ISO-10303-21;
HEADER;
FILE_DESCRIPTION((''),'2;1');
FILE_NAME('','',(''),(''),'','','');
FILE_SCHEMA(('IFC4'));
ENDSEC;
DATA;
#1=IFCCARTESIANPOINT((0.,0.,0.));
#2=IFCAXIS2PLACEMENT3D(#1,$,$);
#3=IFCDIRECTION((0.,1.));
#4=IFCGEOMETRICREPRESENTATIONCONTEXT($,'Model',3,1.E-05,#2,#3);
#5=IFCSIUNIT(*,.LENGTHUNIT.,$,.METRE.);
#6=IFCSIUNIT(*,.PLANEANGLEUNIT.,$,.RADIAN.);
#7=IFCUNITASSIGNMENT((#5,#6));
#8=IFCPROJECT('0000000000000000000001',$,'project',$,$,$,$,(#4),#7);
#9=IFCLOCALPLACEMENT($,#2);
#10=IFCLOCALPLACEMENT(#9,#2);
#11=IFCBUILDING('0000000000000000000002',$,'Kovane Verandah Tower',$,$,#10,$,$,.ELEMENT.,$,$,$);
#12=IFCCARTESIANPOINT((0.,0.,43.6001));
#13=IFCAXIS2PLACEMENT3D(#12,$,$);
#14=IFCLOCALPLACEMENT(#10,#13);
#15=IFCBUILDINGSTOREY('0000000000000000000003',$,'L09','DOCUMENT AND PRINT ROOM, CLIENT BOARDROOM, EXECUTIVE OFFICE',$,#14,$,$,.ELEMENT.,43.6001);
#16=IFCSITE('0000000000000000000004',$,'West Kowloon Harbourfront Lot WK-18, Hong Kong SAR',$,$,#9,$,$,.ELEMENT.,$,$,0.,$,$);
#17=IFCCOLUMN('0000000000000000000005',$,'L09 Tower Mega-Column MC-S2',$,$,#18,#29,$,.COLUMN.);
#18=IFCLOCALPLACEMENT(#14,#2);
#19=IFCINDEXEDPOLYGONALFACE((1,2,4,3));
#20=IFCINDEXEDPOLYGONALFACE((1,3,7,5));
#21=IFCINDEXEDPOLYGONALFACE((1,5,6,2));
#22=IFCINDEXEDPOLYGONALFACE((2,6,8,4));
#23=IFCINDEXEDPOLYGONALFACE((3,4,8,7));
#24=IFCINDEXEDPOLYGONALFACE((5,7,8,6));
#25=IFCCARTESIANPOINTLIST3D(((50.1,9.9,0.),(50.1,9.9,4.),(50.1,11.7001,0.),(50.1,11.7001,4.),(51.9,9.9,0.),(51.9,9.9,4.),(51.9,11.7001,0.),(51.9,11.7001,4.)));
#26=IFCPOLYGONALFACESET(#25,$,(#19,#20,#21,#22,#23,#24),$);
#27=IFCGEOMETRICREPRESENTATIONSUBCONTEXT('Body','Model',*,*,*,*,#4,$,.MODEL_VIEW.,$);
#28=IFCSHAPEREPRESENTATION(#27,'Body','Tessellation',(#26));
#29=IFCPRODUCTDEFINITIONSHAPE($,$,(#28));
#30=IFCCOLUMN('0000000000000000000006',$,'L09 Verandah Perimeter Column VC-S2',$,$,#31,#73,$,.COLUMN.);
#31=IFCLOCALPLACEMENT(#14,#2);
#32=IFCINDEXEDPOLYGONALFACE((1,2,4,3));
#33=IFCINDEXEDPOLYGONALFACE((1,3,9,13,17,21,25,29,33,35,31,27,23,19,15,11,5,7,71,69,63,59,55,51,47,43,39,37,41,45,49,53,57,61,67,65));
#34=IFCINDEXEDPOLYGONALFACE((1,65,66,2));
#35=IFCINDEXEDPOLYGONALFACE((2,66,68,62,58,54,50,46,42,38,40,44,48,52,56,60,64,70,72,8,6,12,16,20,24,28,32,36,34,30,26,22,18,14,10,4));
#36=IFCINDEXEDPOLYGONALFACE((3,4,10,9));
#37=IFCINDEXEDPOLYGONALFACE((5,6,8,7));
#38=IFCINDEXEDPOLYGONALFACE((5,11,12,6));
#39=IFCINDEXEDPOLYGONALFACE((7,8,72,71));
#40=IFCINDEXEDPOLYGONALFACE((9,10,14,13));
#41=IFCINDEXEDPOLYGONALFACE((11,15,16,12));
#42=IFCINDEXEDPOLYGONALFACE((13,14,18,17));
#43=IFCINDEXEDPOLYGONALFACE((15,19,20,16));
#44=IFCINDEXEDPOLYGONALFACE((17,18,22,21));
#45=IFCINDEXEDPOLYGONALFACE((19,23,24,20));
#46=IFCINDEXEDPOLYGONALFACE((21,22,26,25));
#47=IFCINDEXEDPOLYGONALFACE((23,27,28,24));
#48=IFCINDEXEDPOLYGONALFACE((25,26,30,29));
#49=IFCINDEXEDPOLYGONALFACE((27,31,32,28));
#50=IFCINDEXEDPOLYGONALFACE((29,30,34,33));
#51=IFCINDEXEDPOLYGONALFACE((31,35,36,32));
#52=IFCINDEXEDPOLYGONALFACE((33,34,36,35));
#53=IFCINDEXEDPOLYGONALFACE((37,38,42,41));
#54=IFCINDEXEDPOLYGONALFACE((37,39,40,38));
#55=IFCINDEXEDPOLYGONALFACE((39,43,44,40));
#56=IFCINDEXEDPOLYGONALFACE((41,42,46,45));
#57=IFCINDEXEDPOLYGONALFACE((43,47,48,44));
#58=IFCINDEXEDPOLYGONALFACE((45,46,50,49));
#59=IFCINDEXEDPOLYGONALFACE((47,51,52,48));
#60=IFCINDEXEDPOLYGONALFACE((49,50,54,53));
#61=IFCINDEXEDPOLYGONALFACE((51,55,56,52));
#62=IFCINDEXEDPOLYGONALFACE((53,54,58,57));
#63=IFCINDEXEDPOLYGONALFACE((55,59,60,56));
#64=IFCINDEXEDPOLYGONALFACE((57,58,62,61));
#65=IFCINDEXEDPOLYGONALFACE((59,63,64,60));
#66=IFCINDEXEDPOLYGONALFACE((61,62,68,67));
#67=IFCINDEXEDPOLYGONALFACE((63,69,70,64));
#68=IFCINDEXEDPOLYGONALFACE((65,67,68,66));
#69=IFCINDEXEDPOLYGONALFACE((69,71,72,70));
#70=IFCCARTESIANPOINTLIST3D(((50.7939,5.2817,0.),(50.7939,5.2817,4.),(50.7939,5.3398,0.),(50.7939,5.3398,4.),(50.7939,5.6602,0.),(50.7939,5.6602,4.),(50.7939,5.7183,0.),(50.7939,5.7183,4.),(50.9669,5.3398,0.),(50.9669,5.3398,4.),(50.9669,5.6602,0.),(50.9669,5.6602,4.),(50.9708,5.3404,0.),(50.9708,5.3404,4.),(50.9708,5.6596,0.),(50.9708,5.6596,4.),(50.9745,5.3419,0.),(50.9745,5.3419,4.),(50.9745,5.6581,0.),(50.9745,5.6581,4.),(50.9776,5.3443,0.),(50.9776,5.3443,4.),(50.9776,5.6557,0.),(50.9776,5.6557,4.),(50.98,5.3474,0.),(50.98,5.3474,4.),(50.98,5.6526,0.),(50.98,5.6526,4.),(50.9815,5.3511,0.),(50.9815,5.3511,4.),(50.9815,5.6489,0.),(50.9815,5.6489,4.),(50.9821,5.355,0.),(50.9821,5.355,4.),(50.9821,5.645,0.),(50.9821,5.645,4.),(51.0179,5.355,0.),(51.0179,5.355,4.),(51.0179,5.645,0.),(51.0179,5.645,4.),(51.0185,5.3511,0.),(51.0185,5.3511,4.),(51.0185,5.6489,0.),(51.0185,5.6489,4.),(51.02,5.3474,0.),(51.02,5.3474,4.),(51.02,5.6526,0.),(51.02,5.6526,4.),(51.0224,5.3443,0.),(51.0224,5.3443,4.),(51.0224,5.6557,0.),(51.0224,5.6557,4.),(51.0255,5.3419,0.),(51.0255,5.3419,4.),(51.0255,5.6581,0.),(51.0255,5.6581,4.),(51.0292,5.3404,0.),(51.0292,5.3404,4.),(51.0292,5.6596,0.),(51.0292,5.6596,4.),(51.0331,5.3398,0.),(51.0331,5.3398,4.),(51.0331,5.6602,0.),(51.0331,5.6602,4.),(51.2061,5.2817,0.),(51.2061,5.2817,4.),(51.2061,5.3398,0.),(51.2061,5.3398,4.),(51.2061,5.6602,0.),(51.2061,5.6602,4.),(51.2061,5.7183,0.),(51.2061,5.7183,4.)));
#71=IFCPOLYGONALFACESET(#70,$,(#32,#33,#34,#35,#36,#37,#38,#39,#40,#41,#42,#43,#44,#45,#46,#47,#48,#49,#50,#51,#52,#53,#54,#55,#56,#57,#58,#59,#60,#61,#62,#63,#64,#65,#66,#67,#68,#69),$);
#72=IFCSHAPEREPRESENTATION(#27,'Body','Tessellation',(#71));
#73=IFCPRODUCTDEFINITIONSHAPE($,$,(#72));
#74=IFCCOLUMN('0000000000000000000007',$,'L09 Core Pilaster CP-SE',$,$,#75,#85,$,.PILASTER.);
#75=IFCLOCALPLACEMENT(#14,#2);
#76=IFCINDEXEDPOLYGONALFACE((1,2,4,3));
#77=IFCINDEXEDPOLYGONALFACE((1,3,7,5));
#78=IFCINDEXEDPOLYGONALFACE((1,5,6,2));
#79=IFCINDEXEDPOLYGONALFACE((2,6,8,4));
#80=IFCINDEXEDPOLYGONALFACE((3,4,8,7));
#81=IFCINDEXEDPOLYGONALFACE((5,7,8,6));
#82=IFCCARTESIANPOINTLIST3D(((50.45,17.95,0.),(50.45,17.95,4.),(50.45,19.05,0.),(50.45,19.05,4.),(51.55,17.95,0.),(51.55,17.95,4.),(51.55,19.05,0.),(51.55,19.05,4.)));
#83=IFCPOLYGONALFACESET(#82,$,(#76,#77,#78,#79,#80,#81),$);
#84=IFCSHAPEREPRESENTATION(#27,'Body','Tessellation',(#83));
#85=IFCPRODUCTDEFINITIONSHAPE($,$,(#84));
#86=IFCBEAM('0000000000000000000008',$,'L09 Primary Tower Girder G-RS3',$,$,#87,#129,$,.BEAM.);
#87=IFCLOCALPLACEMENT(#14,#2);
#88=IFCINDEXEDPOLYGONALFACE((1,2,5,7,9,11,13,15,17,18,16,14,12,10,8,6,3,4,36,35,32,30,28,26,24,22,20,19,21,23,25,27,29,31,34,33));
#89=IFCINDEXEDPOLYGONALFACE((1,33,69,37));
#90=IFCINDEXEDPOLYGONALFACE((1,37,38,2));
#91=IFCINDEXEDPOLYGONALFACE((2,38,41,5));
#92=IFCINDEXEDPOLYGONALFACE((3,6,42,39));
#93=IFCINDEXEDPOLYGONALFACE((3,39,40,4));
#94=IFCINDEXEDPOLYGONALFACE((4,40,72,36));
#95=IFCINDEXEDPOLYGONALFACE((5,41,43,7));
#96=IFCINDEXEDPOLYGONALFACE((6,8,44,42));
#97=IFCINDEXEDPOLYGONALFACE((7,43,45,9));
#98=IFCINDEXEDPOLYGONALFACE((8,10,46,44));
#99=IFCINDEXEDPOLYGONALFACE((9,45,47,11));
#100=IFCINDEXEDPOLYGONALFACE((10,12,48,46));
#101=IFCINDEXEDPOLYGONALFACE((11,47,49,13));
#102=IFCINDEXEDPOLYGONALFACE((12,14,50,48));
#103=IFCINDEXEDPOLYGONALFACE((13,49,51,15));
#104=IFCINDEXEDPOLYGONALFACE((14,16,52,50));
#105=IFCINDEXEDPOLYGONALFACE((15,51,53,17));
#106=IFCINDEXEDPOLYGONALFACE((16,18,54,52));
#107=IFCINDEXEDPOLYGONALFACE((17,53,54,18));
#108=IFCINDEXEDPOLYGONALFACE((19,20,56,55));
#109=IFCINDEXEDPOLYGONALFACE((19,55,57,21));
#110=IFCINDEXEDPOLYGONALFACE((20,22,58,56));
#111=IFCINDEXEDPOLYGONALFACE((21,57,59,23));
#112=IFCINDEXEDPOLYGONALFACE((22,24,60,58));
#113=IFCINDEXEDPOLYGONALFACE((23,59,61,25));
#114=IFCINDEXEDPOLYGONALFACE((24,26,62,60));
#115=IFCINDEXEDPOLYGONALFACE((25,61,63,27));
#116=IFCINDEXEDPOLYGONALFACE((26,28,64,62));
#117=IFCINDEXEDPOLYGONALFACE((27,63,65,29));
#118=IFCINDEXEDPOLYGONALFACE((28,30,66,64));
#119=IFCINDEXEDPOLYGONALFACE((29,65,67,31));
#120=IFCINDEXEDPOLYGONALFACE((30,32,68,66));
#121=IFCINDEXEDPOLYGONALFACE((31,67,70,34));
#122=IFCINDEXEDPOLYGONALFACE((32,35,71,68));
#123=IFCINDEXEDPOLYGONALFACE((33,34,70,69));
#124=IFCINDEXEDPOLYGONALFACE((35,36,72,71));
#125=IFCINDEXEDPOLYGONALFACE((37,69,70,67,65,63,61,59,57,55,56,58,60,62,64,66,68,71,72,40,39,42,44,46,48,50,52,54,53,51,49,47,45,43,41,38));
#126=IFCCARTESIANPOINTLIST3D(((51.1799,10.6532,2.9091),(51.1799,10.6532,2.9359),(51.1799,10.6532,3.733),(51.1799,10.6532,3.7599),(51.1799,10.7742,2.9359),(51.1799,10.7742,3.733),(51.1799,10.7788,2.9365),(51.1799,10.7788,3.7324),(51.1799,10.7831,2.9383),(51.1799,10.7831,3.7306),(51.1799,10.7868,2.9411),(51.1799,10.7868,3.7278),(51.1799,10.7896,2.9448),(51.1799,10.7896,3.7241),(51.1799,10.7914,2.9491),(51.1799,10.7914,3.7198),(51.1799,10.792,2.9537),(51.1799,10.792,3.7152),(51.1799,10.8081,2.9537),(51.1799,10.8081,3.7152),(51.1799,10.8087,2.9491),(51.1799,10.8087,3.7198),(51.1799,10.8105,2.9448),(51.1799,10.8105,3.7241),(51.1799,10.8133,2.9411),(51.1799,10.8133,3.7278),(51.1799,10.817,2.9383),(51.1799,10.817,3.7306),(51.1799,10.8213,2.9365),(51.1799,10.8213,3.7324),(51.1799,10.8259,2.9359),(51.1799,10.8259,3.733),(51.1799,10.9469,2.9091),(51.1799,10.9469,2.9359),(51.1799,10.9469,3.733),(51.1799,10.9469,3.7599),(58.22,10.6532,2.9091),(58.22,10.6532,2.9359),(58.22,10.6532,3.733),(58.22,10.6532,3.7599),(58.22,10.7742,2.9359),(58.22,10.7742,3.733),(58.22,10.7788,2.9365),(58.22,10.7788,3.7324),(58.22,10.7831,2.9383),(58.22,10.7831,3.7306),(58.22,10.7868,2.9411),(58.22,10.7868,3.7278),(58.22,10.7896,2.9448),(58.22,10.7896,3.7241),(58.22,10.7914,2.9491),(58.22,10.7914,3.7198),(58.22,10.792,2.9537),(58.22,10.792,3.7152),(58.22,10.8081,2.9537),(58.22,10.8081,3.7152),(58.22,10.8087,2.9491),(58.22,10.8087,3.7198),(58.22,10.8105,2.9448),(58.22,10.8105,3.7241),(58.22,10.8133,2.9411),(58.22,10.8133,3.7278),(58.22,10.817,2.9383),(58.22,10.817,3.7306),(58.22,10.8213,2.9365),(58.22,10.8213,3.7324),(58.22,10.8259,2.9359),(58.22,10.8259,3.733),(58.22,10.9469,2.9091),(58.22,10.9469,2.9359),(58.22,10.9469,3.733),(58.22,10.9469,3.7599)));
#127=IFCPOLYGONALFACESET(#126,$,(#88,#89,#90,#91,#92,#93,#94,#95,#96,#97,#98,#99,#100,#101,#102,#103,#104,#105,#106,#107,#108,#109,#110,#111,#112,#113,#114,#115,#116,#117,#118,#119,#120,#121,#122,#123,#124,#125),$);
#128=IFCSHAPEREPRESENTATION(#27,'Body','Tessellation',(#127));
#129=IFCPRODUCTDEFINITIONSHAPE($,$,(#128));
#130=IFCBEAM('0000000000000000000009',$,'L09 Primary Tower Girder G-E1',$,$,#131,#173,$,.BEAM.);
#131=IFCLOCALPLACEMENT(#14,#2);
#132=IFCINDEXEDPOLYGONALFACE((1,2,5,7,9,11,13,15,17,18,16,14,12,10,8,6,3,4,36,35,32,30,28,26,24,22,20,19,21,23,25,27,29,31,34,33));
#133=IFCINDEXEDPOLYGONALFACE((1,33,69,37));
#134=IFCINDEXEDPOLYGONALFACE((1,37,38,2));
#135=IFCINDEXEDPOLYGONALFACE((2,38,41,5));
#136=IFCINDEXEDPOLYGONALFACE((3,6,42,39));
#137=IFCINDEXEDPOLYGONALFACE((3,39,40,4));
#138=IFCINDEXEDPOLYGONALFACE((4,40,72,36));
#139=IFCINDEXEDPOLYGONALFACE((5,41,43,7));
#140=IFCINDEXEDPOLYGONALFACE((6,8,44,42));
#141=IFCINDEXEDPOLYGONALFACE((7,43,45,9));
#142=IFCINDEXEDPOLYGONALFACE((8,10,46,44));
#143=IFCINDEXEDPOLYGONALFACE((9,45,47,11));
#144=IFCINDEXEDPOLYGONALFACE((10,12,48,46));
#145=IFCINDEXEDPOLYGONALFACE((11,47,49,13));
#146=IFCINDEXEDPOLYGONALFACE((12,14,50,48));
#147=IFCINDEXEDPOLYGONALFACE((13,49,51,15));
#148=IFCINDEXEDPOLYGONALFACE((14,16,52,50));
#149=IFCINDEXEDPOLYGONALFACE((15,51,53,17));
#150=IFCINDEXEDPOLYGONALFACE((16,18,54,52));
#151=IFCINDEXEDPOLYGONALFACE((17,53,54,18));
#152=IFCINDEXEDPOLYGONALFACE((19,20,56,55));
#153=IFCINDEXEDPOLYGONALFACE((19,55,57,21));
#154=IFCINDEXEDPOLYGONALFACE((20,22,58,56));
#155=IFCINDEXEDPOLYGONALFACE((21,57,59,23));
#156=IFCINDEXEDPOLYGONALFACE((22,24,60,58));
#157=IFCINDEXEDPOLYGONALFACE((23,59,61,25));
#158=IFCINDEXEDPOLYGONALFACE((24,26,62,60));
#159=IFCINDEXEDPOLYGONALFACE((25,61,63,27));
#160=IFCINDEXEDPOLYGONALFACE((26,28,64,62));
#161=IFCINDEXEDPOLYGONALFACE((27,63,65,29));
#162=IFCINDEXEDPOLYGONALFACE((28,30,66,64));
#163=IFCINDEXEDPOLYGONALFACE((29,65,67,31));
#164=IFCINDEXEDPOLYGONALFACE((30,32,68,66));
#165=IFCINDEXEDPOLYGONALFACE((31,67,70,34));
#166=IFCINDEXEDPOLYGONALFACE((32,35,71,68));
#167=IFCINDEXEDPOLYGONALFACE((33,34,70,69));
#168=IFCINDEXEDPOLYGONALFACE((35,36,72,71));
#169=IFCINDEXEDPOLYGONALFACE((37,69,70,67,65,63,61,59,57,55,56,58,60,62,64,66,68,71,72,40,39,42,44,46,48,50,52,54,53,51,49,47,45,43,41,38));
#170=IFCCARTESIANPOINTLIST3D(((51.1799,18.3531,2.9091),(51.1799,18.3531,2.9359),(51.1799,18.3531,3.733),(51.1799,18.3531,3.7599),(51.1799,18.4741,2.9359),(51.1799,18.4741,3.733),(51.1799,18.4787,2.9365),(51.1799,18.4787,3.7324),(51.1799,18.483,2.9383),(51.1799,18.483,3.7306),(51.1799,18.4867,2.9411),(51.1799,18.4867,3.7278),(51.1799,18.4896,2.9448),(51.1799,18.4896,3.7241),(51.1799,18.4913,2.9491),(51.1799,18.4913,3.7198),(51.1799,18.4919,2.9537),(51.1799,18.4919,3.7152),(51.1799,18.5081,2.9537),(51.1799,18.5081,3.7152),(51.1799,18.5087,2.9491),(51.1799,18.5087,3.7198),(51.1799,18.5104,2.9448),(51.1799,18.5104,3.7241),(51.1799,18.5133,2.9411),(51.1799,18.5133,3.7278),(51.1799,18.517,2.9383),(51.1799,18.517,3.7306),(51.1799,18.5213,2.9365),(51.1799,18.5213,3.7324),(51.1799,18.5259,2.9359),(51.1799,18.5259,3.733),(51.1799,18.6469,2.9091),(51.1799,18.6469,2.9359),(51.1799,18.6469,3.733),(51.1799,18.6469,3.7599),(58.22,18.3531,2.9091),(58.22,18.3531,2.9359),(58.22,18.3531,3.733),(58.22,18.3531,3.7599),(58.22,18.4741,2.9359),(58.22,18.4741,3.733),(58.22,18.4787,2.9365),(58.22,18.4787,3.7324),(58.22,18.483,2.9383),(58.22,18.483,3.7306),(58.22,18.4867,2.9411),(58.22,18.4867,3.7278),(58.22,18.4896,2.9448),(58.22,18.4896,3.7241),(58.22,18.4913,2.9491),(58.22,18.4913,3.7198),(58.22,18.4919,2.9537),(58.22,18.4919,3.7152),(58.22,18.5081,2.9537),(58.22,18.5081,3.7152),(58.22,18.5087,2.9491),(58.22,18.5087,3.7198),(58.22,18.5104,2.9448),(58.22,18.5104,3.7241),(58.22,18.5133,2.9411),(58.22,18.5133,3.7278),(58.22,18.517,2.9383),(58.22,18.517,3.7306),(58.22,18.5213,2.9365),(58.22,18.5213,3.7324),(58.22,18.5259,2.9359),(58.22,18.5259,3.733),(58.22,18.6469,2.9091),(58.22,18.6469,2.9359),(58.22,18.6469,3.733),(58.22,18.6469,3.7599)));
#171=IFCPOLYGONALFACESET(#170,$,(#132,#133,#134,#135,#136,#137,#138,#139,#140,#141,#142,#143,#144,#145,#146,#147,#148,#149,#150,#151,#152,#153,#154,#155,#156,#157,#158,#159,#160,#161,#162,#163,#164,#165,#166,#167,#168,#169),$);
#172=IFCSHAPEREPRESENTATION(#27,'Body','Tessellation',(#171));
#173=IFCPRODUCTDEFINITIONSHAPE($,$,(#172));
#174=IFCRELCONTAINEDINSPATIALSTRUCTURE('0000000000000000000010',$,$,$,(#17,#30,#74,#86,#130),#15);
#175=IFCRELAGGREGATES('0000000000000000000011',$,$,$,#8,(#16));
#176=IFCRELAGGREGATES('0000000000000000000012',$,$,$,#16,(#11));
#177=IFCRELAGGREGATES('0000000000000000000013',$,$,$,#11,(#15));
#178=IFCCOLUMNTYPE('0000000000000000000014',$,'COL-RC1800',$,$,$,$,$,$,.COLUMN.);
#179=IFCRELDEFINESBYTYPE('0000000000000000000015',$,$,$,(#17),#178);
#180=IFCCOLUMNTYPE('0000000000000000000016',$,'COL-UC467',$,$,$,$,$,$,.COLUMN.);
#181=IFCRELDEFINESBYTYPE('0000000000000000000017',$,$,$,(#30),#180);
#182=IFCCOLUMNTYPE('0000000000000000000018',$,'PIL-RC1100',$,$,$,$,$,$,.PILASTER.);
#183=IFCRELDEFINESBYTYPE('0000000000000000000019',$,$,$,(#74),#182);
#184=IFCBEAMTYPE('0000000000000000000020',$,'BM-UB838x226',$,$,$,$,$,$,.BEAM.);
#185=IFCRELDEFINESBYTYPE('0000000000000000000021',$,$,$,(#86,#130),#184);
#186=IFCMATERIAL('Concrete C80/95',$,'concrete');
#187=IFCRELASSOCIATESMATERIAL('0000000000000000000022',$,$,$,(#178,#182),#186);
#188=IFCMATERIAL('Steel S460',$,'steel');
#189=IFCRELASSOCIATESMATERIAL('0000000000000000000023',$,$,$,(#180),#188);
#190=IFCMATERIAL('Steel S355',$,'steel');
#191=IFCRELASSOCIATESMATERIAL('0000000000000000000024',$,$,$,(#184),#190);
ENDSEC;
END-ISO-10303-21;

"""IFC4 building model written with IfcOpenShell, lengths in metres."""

from ifc_helpers import new_model, si_unit, direction, frame, origin, origin_2d, place, context, subcontext, project, spatial, rectangle, i_section, extrude, material, material_profile, profile_set, type_object, element, save


model = new_model("IFC4")

# Units and contexts
model_context = context("Model", 3, precision=1e-05, world=origin(), true_north=direction((0.0, 1.0)))
body_context = subcontext(model_context, "Body", "Model", "MODEL_VIEW")
ifc_project = project(units=[si_unit("LENGTHUNIT", "METRE"), si_unit("PLANEANGLEUNIT", "RADIAN")], contexts=[model_context])

# Site, building, storey
site_placement = place(None, origin())
site = spatial("IfcSite", under=ifc_project, at=site_placement, Name="West Kowloon Harbourfront Lot WK-18, Hong Kong SAR", CompositionType="ELEMENT", RefElevation=0.0)
building_placement = place(site_placement, origin())
building = spatial("IfcBuilding", under=site, at=building_placement, Name="Kovane Verandah Tower", CompositionType="ELEMENT")
storey_placement = place(building_placement, frame((0.0, 0.0, 43.6001)))
storey = spatial("IfcBuildingStorey", under=building, at=storey_placement, Name="L09", Description="DOCUMENT AND PRINT ROOM, CLIENT BOARDROOM, EXECUTIVE OFFICE", CompositionType="ELEMENT", Elevation=43.6001)

# Columns
ifc_material_1 = material(Name="Concrete C80/95", Category="concrete")
ifc_material_profile_1 = material_profile(ifc_material_1, rectangle(XDim=1.8, YDim=1.8, at=origin_2d()), Name="RC1800x1800")
ifc_profile_set_1 = profile_set([ifc_material_profile_1], Name="Concrete C80/95")
column_type_1 = type_object("IfcColumnType", Name="COL-RC1800", PredefinedType="COLUMN", material=ifc_profile_set_1)
column_1_placement = place(storey_placement, frame((51.0, 10.8, 0.0), z_axis=(0.0, 0.0, 1.0), x_axis=(1.0, 0.0, 0.0)))
element("IfcColumn", 1, at=column_1_placement, inside=storey, type_object=column_type_1, Name="L09 Tower Mega-Column MC-S2", PredefinedType="COLUMN", context=body_context, shape_type="SweptSolid", body=[
    extrude(rectangle(XDim=1.8, YDim=1.8, at=origin_2d()), origin(), (0.0, 0.0, 1.0), 4.0),
])
ifc_material_2 = material(Name="Steel S460", Category="steel")
ifc_material_profile_2 = material_profile(ifc_material_2, i_section(OverallWidth=0.4121, OverallDepth=0.4365, WebThickness=0.0359, FlangeThickness=0.0581, FilletRadius=0.0151, at=origin_2d()), Name="UC356x406x467")
ifc_profile_set_2 = profile_set([ifc_material_profile_2], Name="Steel S460")
column_type_2 = type_object("IfcColumnType", Name="COL-UC467", PredefinedType="COLUMN", material=ifc_profile_set_2)
column_2_placement = place(storey_placement, frame((51.0, 5.5, 0.0), z_axis=(0.0, 0.0, 1.0), x_axis=(1.0, 0.0, 0.0)))
element("IfcColumn", 2, at=column_2_placement, inside=storey, type_object=column_type_2, Name="L09 Verandah Perimeter Column VC-S2", PredefinedType="COLUMN", context=body_context, shape_type="SweptSolid", body=[
    extrude(i_section(OverallWidth=0.4121, OverallDepth=0.4365, WebThickness=0.0359, FlangeThickness=0.0581, FilletRadius=0.0151, at=origin_2d()), origin(), (0.0, 0.0, 1.0), 4.0),
])
ifc_material_profile_3 = material_profile(ifc_material_1, rectangle(XDim=1.1001, YDim=1.1001, at=origin_2d()), Name="RC1100x1100")
ifc_profile_set_3 = profile_set([ifc_material_profile_3], Name="Concrete C80/95")
column_type_3 = type_object("IfcColumnType", Name="PIL-RC1100", PredefinedType="PILASTER", material=ifc_profile_set_3)
column_3_placement = place(storey_placement, frame((51.0, 18.5, 0.0), z_axis=(0.0, 0.0, 1.0), x_axis=(1.0, 0.0, 0.0)))
element("IfcColumn", 3, at=column_3_placement, inside=storey, type_object=column_type_3, Name="L09 Core Pilaster CP-SE", PredefinedType="PILASTER", context=body_context, shape_type="SweptSolid", body=[
    extrude(rectangle(XDim=1.1001, YDim=1.1001, at=origin_2d()), origin(), (0.0, 0.0, 1.0), 4.0),
])

# Beams
ifc_material_3 = material(Name="Steel S355", Category="steel")
ifc_material_profile_4 = material_profile(ifc_material_3, i_section(OverallWidth=0.2937, OverallDepth=0.8508, WebThickness=0.0161, FlangeThickness=0.0269, FilletRadius=0.0178, at=origin_2d()), Name="UB838x292x226")
ifc_profile_set_4 = profile_set([ifc_material_profile_4], Name="Steel S355")
beam_type_1 = type_object("IfcBeamType", Name="BM-UB838x226", PredefinedType="BEAM", material=ifc_profile_set_4)
for number, where, z_axis, x_axis, name in (
    (4, (51.1799, 10.8, 3.3345), (1.0, 0.0, 0.0), (0.0, 1.0, 0.0), "L09 Primary Tower Girder G-RS3"),
    (5, (51.1799, 18.5, 3.3345), (1.0, 0.0, 0.0), (0.0, 1.0, 0.0), "L09 Primary Tower Girder G-E1"),
):
    element("IfcBeam", number, at=place(storey_placement, frame(where, z_axis=z_axis, x_axis=x_axis)), inside=storey, type_object=beam_type_1, Name=name, PredefinedType="BEAM", context=body_context, shape_type="SweptSolid", body=[
        extrude(i_section(OverallWidth=0.2937, OverallDepth=0.8508, WebThickness=0.0161, FlangeThickness=0.0269, FilletRadius=0.0178, at=origin_2d()), origin(), (0.0, 0.0, 1.0), 7.04),
    ])

save(model, "model.ifc")
